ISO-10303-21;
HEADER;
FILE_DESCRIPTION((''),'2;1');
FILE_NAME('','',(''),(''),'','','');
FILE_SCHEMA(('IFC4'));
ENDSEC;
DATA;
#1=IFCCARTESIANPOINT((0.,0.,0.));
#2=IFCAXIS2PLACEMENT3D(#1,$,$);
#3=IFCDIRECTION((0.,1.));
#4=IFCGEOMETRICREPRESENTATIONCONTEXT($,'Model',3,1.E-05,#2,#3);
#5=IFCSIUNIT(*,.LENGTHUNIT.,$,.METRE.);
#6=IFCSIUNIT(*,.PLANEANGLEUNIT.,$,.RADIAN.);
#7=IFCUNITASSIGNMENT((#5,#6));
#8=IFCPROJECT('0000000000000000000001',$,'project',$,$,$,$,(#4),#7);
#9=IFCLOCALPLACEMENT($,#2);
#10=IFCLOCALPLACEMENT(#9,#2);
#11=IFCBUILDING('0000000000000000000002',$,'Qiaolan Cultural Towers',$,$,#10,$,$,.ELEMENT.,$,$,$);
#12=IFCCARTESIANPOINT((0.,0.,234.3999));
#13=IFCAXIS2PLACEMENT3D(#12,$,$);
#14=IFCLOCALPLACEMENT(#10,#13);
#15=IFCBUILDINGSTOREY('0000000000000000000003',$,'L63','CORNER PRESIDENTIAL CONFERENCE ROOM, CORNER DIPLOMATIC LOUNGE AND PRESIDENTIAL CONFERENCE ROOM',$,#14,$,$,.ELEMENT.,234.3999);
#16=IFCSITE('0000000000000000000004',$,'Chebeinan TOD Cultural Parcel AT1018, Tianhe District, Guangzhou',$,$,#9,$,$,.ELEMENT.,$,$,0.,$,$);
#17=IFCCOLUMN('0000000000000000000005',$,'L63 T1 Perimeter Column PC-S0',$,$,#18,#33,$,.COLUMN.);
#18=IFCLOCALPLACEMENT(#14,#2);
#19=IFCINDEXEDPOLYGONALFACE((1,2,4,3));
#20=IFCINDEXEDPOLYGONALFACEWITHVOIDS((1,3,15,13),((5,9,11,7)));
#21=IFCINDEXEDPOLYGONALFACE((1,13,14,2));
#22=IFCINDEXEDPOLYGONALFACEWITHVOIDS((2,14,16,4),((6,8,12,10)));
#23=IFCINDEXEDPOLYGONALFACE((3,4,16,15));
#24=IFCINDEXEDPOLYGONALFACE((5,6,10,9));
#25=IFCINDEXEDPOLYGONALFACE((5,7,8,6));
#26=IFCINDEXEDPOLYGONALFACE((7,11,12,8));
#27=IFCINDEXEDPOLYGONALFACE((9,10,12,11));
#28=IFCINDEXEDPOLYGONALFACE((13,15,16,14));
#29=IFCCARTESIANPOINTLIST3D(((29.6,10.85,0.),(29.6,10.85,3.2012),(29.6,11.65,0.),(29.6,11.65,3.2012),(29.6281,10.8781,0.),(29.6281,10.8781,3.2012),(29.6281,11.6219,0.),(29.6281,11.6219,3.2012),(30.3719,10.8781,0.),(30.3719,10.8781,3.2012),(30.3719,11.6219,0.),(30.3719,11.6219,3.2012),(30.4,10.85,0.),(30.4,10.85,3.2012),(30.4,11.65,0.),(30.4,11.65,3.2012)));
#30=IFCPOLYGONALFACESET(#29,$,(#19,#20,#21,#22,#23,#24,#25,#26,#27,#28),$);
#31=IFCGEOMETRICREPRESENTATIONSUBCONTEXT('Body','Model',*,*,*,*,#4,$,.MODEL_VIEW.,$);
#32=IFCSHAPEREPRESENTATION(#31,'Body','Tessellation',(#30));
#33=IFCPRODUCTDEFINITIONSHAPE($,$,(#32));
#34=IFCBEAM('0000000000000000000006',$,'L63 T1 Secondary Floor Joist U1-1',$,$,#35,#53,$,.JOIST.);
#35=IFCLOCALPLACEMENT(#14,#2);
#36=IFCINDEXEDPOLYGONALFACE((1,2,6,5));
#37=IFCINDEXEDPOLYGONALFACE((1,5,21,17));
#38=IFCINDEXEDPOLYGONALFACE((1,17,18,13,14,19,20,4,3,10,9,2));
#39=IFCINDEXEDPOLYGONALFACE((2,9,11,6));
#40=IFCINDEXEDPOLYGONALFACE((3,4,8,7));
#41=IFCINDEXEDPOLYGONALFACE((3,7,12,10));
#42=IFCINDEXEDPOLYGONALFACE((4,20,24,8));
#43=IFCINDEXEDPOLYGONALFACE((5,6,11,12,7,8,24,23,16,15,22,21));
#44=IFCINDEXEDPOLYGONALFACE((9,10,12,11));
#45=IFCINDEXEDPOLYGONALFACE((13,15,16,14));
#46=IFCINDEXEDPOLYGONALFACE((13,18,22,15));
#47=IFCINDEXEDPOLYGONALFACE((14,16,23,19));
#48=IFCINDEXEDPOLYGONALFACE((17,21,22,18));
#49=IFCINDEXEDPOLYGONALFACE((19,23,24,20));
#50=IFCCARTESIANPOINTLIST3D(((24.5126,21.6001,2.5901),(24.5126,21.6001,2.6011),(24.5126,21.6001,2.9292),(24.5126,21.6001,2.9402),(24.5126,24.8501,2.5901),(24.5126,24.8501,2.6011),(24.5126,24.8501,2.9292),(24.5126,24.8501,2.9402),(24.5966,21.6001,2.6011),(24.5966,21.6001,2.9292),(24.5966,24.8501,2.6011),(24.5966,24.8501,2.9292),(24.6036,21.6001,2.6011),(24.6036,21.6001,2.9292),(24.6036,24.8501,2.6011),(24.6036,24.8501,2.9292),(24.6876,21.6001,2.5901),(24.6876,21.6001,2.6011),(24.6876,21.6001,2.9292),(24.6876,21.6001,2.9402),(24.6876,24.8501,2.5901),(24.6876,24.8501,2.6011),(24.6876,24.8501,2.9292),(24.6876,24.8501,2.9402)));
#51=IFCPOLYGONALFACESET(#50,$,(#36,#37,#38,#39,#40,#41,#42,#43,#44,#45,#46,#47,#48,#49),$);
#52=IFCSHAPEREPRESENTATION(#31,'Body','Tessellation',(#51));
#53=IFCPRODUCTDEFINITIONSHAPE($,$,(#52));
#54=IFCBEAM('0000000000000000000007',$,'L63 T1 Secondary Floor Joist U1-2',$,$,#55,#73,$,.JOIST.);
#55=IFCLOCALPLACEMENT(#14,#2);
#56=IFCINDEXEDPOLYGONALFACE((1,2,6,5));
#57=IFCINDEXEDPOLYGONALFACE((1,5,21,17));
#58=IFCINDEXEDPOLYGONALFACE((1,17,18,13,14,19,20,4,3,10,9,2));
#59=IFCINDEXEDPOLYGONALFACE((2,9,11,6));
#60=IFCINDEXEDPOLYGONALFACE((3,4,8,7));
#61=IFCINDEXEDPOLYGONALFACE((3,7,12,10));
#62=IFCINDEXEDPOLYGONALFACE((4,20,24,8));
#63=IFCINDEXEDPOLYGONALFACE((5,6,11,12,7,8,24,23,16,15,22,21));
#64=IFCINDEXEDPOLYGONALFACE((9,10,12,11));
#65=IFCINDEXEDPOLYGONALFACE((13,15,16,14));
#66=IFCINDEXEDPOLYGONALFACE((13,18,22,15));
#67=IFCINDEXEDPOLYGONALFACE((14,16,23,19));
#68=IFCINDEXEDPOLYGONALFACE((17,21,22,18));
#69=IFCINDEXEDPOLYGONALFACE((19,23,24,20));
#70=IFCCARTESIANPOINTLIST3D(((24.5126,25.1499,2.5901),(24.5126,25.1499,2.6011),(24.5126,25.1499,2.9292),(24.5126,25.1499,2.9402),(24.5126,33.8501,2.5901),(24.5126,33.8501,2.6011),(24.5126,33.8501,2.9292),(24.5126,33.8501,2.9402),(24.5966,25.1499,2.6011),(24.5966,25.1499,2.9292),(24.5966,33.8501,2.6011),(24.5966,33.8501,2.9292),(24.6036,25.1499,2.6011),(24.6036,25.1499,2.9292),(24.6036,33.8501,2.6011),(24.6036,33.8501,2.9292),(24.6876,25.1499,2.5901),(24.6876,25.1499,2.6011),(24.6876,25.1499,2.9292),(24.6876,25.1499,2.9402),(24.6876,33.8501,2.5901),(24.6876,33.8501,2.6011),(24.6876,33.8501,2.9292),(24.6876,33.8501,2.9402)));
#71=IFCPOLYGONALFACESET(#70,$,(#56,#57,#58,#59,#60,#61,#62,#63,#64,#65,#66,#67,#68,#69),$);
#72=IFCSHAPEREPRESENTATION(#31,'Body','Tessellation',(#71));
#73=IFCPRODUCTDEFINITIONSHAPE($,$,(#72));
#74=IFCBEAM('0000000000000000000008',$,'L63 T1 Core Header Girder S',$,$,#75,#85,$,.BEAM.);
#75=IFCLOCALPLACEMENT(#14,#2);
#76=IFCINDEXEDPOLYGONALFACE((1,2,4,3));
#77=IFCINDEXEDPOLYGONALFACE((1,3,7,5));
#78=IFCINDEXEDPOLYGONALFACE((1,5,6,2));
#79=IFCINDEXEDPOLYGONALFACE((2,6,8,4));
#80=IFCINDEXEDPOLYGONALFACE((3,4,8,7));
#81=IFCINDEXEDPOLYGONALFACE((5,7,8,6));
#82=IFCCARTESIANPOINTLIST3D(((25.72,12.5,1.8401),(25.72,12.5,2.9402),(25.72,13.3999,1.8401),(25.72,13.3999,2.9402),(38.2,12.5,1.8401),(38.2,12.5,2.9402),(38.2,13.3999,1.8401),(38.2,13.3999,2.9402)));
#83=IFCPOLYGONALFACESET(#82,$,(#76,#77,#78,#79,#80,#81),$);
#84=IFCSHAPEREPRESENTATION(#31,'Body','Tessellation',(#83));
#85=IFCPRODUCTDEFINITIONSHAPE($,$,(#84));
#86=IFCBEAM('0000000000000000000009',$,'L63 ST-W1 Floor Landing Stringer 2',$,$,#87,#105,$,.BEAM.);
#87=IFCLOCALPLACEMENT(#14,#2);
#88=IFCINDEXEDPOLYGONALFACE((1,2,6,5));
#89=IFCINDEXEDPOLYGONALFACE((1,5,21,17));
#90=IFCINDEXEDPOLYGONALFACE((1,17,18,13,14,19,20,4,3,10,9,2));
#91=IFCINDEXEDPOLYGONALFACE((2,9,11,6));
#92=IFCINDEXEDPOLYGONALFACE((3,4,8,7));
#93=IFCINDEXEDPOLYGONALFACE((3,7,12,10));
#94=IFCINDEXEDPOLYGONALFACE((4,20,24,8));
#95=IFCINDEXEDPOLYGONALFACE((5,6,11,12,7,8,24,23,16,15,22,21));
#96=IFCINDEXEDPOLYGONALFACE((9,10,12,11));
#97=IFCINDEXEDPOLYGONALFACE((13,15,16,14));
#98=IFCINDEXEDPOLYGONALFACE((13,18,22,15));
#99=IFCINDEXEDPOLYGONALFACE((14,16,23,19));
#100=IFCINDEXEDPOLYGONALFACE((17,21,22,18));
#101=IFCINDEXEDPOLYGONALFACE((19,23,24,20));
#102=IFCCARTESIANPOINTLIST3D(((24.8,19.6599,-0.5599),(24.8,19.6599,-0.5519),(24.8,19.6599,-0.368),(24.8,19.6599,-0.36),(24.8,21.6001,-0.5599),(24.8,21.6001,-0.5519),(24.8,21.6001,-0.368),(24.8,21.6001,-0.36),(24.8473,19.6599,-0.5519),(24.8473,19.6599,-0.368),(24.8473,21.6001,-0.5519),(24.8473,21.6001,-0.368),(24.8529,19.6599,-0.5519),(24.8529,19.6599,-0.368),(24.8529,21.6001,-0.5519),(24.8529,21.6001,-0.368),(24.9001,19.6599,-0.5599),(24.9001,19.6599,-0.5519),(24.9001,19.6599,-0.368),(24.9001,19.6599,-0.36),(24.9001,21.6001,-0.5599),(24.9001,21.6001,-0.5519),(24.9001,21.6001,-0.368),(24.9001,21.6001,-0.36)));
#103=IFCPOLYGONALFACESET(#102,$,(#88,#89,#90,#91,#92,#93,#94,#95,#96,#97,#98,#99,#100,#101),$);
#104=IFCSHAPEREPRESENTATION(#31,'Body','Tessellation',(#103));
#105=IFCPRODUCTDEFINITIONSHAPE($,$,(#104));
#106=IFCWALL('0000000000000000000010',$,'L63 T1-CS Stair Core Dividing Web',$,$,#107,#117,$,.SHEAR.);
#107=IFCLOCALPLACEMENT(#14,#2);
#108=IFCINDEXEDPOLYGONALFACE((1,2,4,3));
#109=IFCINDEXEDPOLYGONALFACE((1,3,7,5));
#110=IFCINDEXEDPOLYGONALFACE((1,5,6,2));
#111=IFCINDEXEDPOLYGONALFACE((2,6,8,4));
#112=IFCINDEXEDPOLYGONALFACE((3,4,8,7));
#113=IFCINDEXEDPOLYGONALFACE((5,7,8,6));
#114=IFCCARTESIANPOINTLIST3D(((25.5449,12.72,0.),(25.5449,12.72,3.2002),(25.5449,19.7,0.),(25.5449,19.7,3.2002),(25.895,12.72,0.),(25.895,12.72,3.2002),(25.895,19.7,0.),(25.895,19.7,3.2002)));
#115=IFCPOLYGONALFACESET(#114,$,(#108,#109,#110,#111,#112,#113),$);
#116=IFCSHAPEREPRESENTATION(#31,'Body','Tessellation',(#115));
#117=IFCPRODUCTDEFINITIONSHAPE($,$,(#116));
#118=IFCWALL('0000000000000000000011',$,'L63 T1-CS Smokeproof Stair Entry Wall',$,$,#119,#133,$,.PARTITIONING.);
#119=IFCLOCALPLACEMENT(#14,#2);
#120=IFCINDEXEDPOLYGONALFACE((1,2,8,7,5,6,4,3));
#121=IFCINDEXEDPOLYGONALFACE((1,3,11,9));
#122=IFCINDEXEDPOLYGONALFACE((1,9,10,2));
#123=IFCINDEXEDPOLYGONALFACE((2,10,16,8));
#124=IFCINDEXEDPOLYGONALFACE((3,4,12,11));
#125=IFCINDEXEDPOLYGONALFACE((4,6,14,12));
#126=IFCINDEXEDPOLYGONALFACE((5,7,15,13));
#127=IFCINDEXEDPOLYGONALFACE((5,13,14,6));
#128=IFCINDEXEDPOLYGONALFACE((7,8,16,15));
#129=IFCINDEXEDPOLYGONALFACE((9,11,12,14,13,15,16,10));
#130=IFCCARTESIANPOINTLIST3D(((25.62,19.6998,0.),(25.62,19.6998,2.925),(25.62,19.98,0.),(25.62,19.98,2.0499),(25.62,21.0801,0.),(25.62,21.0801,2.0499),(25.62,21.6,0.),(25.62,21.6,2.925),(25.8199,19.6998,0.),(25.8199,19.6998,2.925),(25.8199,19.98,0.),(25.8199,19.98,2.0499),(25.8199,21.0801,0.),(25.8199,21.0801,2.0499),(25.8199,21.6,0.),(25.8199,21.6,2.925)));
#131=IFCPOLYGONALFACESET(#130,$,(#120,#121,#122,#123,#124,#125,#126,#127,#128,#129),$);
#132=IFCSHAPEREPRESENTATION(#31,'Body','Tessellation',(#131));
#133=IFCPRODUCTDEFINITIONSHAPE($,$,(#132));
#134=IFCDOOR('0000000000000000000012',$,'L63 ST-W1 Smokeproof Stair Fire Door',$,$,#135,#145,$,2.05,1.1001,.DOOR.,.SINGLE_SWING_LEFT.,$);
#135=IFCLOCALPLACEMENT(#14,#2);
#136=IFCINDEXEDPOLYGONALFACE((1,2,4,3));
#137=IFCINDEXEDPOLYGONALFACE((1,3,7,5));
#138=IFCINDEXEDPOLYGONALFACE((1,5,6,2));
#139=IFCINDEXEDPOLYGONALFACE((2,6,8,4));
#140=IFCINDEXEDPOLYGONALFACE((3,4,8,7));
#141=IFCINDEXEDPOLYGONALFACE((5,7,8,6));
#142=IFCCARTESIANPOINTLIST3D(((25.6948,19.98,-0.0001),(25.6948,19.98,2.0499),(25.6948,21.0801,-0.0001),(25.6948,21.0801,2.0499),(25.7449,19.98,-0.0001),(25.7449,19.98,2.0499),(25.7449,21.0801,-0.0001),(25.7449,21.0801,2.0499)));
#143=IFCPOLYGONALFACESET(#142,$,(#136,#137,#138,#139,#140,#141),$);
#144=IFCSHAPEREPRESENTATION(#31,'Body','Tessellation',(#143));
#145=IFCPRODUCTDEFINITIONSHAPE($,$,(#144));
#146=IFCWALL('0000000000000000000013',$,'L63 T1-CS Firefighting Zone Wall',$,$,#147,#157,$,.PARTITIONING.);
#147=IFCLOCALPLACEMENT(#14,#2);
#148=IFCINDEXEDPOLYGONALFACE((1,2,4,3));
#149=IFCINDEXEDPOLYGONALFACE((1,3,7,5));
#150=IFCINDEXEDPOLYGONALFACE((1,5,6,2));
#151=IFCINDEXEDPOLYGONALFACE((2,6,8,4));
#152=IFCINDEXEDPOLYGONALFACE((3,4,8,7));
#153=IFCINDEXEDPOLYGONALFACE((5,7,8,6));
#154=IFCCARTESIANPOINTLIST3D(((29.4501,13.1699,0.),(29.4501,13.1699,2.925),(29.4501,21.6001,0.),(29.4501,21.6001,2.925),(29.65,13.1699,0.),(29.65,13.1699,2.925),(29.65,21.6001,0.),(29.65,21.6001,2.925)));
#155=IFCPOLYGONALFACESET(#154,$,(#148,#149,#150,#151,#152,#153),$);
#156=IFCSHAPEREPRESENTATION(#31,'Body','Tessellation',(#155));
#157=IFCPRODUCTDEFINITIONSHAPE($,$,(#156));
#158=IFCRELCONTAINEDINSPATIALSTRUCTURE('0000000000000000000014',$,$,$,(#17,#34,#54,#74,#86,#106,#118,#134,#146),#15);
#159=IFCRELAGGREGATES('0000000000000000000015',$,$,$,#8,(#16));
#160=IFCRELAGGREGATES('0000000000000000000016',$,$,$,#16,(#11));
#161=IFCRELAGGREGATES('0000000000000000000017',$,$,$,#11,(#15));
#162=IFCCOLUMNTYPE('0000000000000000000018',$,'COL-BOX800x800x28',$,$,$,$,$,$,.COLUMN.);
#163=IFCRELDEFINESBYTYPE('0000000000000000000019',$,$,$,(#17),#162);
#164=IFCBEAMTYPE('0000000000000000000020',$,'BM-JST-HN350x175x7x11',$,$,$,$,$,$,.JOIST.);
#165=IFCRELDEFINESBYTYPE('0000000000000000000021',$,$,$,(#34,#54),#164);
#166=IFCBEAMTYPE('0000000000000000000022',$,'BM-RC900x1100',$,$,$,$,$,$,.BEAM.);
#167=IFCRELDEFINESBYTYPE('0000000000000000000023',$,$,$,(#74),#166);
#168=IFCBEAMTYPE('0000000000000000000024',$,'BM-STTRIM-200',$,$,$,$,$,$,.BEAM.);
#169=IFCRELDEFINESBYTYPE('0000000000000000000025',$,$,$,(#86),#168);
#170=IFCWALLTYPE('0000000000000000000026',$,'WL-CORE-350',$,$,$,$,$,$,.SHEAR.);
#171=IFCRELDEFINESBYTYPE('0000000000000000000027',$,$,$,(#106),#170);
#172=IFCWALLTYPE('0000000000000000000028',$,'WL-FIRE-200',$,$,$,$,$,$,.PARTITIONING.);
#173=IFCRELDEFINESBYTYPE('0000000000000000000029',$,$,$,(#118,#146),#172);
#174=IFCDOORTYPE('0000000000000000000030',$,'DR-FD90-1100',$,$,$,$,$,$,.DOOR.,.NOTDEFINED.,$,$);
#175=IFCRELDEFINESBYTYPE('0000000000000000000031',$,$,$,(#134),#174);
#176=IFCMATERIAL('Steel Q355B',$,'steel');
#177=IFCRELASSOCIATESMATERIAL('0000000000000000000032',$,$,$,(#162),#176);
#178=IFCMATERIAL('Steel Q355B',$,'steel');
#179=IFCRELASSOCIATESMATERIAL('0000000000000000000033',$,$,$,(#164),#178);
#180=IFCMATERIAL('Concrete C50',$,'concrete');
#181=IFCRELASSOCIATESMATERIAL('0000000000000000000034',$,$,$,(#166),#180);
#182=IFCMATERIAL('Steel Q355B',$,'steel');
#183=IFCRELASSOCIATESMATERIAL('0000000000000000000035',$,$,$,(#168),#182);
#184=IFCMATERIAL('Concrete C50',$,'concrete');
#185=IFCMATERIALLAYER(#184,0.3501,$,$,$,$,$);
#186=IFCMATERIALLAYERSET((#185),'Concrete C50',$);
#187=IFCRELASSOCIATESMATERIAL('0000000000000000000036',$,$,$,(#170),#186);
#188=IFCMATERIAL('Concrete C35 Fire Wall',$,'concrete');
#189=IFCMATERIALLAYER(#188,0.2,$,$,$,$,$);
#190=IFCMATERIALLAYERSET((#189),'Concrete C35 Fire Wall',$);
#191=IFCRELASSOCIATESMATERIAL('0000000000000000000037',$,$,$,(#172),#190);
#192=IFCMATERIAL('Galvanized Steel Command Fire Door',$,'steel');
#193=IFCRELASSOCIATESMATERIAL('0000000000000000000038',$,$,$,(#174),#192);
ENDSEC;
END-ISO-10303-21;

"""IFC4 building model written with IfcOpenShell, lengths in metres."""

from ifc_helpers import new_model, si_unit, direction, frame, frame_2d, origin, origin_2d, place, context, subcontext, project, spatial, rectangle, hollow_rectangle, i_section, extrude, material, layer, layer_set, material_profile, profile_set, type_object, element, fill, save


model = new_model("IFC4")

# Units and contexts
model_context = context("Model", 3, precision=1e-05, world=origin(), true_north=direction((0.0, 1.0)))
body_context = subcontext(model_context, "Body", "Model", "MODEL_VIEW")
ifc_project = project(units=[si_unit("LENGTHUNIT", "METRE"), si_unit("PLANEANGLEUNIT", "RADIAN")], contexts=[model_context])

# Site, building, storey
site_placement = place(None, origin())
site = spatial("IfcSite", under=ifc_project, at=site_placement, Name="Chebeinan TOD Cultural Parcel AT1018, Tianhe District, Guangzhou", CompositionType="ELEMENT", RefElevation=0.0)
building_placement = place(site_placement, origin())
building = spatial("IfcBuilding", under=site, at=building_placement, Name="Qiaolan Cultural Towers", CompositionType="ELEMENT")
storey_placement = place(building_placement, frame((0.0, 0.0, 234.3999)))
storey = spatial("IfcBuildingStorey", under=building, at=storey_placement, Name="L63", Description="CORNER PRESIDENTIAL CONFERENCE ROOM, CORNER DIPLOMATIC LOUNGE AND PRESIDENTIAL CONFERENCE ROOM", CompositionType="ELEMENT", Elevation=234.3999)

# Column
ifc_material_1 = material(Name="Steel Q355B", Category="steel")
ifc_material_profile_1 = material_profile(ifc_material_1, hollow_rectangle(XDim=0.8, YDim=0.8, WallThickness=0.0281, at=origin_2d()), Name="BOX800x800x28")
ifc_profile_set_1 = profile_set([ifc_material_profile_1], Name="Steel Q355B")
column_type = type_object("IfcColumnType", Name="COL-BOX800x800x28", PredefinedType="COLUMN", material=ifc_profile_set_1)
column_placement = place(storey_placement, frame((30.0, 11.25, 0.0), z_axis=(0.0, 0.0, 1.0), x_axis=(1.0, 0.0, 0.0)))
element("IfcColumn", 1, at=column_placement, inside=storey, type_object=column_type, Name="L63 T1 Perimeter Column PC-S0", PredefinedType="COLUMN", context=body_context, shape_type="SweptSolid", body=[
    extrude(hollow_rectangle(XDim=0.8, YDim=0.8, WallThickness=0.0281, at=origin_2d()), origin(), (0.0, 0.0, 1.0), 3.2012),
])

# Beams
ifc_material_2 = material(Name="Steel Q355B", Category="steel")
ifc_material_profile_2 = material_profile(ifc_material_2, i_section(OverallWidth=0.175, OverallDepth=0.3501, WebThickness=0.0071, FlangeThickness=0.011, at=origin_2d()), Name="HN350x175x7x11")
ifc_profile_set_2 = profile_set([ifc_material_profile_2], Name="Steel Q355B")
beam_type_1 = type_object("IfcBeamType", Name="BM-JST-HN350x175x7x11", PredefinedType="JOIST", material=ifc_profile_set_2)
beam_1_placement = place(storey_placement, frame((24.6001, 21.6001, 2.7651), z_axis=(0.0, 1.0, 0.0), x_axis=(-1.0, 0.0, 0.0)))
element("IfcBeam", 2, at=beam_1_placement, inside=storey, type_object=beam_type_1, Name="L63 T1 Secondary Floor Joist U1-1", PredefinedType="JOIST", context=body_context, shape_type="SweptSolid", body=[
    extrude(i_section(OverallWidth=0.175, OverallDepth=0.3501, WebThickness=0.0071, FlangeThickness=0.011, at=origin_2d()), origin(), (0.0, 0.0, 1.0), 3.25),
])
beam_2_placement = place(storey_placement, frame((24.6001, 25.1499, 2.7651), z_axis=(0.0, 1.0, 0.0), x_axis=(-1.0, 0.0, 0.0)))
element("IfcBeam", 3, at=beam_2_placement, inside=storey, type_object=beam_type_1, Name="L63 T1 Secondary Floor Joist U1-2", PredefinedType="JOIST", context=body_context, shape_type="SweptSolid", body=[
    extrude(i_section(OverallWidth=0.175, OverallDepth=0.3501, WebThickness=0.0071, FlangeThickness=0.011, at=origin_2d()), origin(), (0.0, 0.0, 1.0), 8.7002),
])
ifc_material_3 = material(Name="Concrete C50", Category="concrete")
ifc_material_profile_3 = material_profile(ifc_material_3, rectangle(XDim=0.8999, YDim=1.1001, at=origin_2d()), Name="RC900x1100")
ifc_profile_set_3 = profile_set([ifc_material_profile_3], Name="Concrete C50")
beam_type_2 = type_object("IfcBeamType", Name="BM-RC900x1100", PredefinedType="BEAM", material=ifc_profile_set_3)
beam_3_placement = place(storey_placement, frame((25.72, 12.95, 2.3901), z_axis=(1.0, 0.0, 0.0), x_axis=(0.0, 1.0, 0.0)))
element("IfcBeam", 4, at=beam_3_placement, inside=storey, type_object=beam_type_2, Name="L63 T1 Core Header Girder S", PredefinedType="BEAM", context=body_context, shape_type="SweptSolid", body=[
    extrude(rectangle(XDim=0.8999, YDim=1.1001, at=origin_2d()), origin(), (0.0, 0.0, 1.0), 12.48),
])
ifc_material_4 = material(Name="Steel Q355B", Category="steel")
ifc_material_profile_4 = material_profile(ifc_material_4, i_section(OverallWidth=0.1001, OverallDepth=0.2, WebThickness=0.0056, FlangeThickness=0.0081, at=origin_2d()), Name="HN200x100x5.5x8")
ifc_profile_set_4 = profile_set([ifc_material_profile_4], Name="Steel Q355B")
beam_type_3 = type_object("IfcBeamType", Name="BM-STTRIM-200", PredefinedType="BEAM", material=ifc_profile_set_4)
beam_4_placement = place(storey_placement, frame((24.8501, 21.6001, -0.46), z_axis=(0.0, -1.0, 0.0), x_axis=(1.0, 0.0, 0.0)))
element("IfcBeam", 5, at=beam_4_placement, inside=storey, type_object=beam_type_3, Name="L63 ST-W1 Floor Landing Stringer 2", PredefinedType="BEAM", context=body_context, shape_type="SweptSolid", body=[
    extrude(i_section(OverallWidth=0.1001, OverallDepth=0.2, WebThickness=0.0056, FlangeThickness=0.0081, at=origin_2d()), origin(), (0.0, 0.0, 1.0), 1.9402),
])

# Wall
ifc_material_5 = material(Name="Concrete C50", Category="concrete")
ifc_layer_1 = layer(ifc_material_5, 0.3501)
ifc_layer_set_1 = layer_set([ifc_layer_1], Name="Concrete C50")
wall_type_1 = type_object("IfcWallType", Name="WL-CORE-350", PredefinedType="SHEAR", material=ifc_layer_set_1)
wall_1_placement = place(storey_placement, frame((25.72, 19.7, 0.0), z_axis=(0.0, 0.0, 1.0), x_axis=(0.0, -1.0, 0.0)))
element("IfcWall", 6, at=wall_1_placement, inside=storey, type_object=wall_type_1, Name="L63 T1-CS Stair Core Dividing Web", PredefinedType="SHEAR", context=body_context, shape_type="SweptSolid", body=[
    extrude(rectangle(XDim=6.98, YDim=0.3501, at=frame_2d((3.49, 0.0))), origin(), (0.0, 0.0, 1.0), 3.2002),
])

# Wall, opening, door
ifc_material_6 = material(Name="Concrete C35 Fire Wall", Category="concrete")
ifc_layer_2 = layer(ifc_material_6, 0.2)
ifc_layer_set_2 = layer_set([ifc_layer_2], Name="Concrete C35 Fire Wall")
wall_type_2 = type_object("IfcWallType", Name="WL-FIRE-200", PredefinedType="PARTITIONING", material=ifc_layer_set_2)
wall_2_placement = place(storey_placement, frame((25.72, 21.6001, 0.0), z_axis=(0.0, 0.0, 1.0), x_axis=(0.0, -1.0, 0.0)))
wall_2 = element("IfcWall", 7, at=wall_2_placement, inside=storey, type_object=wall_type_2, Name="L63 T1-CS Smokeproof Stair Entry Wall", PredefinedType="PARTITIONING", context=body_context, shape_type="SweptSolid", body=[
    extrude(rectangle(XDim=1.9001, YDim=0.2, at=frame_2d((0.9502, 0.0))), origin(), (0.0, 0.0, 1.0), 2.925),
])
opening_1_placement = place(wall_2_placement, frame((0.52, 0.0, 0.0)))
opening_1 = element("IfcOpeningElement", 8, at=opening_1_placement, cuts=wall_2, PredefinedType="OPENING", context=body_context, shape_type="SweptSolid", body=[
    extrude(rectangle(XDim=1.1001, YDim=2.05, at=frame_2d((0.55, 1.0249))), frame((0.0, 0.1099, 0.0), z_axis=(0.0, -1.0, 0.0), x_axis=(1.0, 0.0, 0.0)), (0.0, 0.0, 1.0), 0.22),
])
ifc_material_7 = material(Name="Galvanized Steel Command Fire Door", Category="steel")
door_type_1 = type_object("IfcDoorType", Name="DR-FD90-1100", OperationType="NOTDEFINED", PredefinedType="DOOR", material=ifc_material_7)
door_1_placement = place(opening_1_placement, origin())
door_1 = element("IfcDoor", 9, at=door_1_placement, inside=storey, type_object=door_type_1, Name="L63 ST-W1 Smokeproof Stair Fire Door", OperationType="SINGLE_SWING_LEFT", OverallHeight=2.05, OverallWidth=1.1001, PredefinedType="DOOR", context=body_context, shape_type="SweptSolid", body=[
    extrude(rectangle(XDim=1.1001, YDim=2.05, at=frame_2d((0.55, 1.0249))), frame((0.0, 0.0249, 0.0), z_axis=(0.0, -1.0, 0.0), x_axis=(1.0, 0.0, 0.0)), (0.0, 0.0, 1.0), 0.05),
])
fill(opening_1, door_1)

# Wall
wall_3_placement = place(storey_placement, frame((29.55, 21.6001, 0.0), z_axis=(0.0, 0.0, 1.0), x_axis=(0.0, -1.0, 0.0)))
element("IfcWall", 10, at=wall_3_placement, inside=storey, type_object=wall_type_2, Name="L63 T1-CS Firefighting Zone Wall", PredefinedType="PARTITIONING", context=body_context, shape_type="SweptSolid", body=[
    extrude(rectangle(XDim=8.4302, YDim=0.2, at=frame_2d((4.2151, 0.0))), origin(), (0.0, 0.0, 1.0), 2.925),
])

save(model, "model.ifc")
